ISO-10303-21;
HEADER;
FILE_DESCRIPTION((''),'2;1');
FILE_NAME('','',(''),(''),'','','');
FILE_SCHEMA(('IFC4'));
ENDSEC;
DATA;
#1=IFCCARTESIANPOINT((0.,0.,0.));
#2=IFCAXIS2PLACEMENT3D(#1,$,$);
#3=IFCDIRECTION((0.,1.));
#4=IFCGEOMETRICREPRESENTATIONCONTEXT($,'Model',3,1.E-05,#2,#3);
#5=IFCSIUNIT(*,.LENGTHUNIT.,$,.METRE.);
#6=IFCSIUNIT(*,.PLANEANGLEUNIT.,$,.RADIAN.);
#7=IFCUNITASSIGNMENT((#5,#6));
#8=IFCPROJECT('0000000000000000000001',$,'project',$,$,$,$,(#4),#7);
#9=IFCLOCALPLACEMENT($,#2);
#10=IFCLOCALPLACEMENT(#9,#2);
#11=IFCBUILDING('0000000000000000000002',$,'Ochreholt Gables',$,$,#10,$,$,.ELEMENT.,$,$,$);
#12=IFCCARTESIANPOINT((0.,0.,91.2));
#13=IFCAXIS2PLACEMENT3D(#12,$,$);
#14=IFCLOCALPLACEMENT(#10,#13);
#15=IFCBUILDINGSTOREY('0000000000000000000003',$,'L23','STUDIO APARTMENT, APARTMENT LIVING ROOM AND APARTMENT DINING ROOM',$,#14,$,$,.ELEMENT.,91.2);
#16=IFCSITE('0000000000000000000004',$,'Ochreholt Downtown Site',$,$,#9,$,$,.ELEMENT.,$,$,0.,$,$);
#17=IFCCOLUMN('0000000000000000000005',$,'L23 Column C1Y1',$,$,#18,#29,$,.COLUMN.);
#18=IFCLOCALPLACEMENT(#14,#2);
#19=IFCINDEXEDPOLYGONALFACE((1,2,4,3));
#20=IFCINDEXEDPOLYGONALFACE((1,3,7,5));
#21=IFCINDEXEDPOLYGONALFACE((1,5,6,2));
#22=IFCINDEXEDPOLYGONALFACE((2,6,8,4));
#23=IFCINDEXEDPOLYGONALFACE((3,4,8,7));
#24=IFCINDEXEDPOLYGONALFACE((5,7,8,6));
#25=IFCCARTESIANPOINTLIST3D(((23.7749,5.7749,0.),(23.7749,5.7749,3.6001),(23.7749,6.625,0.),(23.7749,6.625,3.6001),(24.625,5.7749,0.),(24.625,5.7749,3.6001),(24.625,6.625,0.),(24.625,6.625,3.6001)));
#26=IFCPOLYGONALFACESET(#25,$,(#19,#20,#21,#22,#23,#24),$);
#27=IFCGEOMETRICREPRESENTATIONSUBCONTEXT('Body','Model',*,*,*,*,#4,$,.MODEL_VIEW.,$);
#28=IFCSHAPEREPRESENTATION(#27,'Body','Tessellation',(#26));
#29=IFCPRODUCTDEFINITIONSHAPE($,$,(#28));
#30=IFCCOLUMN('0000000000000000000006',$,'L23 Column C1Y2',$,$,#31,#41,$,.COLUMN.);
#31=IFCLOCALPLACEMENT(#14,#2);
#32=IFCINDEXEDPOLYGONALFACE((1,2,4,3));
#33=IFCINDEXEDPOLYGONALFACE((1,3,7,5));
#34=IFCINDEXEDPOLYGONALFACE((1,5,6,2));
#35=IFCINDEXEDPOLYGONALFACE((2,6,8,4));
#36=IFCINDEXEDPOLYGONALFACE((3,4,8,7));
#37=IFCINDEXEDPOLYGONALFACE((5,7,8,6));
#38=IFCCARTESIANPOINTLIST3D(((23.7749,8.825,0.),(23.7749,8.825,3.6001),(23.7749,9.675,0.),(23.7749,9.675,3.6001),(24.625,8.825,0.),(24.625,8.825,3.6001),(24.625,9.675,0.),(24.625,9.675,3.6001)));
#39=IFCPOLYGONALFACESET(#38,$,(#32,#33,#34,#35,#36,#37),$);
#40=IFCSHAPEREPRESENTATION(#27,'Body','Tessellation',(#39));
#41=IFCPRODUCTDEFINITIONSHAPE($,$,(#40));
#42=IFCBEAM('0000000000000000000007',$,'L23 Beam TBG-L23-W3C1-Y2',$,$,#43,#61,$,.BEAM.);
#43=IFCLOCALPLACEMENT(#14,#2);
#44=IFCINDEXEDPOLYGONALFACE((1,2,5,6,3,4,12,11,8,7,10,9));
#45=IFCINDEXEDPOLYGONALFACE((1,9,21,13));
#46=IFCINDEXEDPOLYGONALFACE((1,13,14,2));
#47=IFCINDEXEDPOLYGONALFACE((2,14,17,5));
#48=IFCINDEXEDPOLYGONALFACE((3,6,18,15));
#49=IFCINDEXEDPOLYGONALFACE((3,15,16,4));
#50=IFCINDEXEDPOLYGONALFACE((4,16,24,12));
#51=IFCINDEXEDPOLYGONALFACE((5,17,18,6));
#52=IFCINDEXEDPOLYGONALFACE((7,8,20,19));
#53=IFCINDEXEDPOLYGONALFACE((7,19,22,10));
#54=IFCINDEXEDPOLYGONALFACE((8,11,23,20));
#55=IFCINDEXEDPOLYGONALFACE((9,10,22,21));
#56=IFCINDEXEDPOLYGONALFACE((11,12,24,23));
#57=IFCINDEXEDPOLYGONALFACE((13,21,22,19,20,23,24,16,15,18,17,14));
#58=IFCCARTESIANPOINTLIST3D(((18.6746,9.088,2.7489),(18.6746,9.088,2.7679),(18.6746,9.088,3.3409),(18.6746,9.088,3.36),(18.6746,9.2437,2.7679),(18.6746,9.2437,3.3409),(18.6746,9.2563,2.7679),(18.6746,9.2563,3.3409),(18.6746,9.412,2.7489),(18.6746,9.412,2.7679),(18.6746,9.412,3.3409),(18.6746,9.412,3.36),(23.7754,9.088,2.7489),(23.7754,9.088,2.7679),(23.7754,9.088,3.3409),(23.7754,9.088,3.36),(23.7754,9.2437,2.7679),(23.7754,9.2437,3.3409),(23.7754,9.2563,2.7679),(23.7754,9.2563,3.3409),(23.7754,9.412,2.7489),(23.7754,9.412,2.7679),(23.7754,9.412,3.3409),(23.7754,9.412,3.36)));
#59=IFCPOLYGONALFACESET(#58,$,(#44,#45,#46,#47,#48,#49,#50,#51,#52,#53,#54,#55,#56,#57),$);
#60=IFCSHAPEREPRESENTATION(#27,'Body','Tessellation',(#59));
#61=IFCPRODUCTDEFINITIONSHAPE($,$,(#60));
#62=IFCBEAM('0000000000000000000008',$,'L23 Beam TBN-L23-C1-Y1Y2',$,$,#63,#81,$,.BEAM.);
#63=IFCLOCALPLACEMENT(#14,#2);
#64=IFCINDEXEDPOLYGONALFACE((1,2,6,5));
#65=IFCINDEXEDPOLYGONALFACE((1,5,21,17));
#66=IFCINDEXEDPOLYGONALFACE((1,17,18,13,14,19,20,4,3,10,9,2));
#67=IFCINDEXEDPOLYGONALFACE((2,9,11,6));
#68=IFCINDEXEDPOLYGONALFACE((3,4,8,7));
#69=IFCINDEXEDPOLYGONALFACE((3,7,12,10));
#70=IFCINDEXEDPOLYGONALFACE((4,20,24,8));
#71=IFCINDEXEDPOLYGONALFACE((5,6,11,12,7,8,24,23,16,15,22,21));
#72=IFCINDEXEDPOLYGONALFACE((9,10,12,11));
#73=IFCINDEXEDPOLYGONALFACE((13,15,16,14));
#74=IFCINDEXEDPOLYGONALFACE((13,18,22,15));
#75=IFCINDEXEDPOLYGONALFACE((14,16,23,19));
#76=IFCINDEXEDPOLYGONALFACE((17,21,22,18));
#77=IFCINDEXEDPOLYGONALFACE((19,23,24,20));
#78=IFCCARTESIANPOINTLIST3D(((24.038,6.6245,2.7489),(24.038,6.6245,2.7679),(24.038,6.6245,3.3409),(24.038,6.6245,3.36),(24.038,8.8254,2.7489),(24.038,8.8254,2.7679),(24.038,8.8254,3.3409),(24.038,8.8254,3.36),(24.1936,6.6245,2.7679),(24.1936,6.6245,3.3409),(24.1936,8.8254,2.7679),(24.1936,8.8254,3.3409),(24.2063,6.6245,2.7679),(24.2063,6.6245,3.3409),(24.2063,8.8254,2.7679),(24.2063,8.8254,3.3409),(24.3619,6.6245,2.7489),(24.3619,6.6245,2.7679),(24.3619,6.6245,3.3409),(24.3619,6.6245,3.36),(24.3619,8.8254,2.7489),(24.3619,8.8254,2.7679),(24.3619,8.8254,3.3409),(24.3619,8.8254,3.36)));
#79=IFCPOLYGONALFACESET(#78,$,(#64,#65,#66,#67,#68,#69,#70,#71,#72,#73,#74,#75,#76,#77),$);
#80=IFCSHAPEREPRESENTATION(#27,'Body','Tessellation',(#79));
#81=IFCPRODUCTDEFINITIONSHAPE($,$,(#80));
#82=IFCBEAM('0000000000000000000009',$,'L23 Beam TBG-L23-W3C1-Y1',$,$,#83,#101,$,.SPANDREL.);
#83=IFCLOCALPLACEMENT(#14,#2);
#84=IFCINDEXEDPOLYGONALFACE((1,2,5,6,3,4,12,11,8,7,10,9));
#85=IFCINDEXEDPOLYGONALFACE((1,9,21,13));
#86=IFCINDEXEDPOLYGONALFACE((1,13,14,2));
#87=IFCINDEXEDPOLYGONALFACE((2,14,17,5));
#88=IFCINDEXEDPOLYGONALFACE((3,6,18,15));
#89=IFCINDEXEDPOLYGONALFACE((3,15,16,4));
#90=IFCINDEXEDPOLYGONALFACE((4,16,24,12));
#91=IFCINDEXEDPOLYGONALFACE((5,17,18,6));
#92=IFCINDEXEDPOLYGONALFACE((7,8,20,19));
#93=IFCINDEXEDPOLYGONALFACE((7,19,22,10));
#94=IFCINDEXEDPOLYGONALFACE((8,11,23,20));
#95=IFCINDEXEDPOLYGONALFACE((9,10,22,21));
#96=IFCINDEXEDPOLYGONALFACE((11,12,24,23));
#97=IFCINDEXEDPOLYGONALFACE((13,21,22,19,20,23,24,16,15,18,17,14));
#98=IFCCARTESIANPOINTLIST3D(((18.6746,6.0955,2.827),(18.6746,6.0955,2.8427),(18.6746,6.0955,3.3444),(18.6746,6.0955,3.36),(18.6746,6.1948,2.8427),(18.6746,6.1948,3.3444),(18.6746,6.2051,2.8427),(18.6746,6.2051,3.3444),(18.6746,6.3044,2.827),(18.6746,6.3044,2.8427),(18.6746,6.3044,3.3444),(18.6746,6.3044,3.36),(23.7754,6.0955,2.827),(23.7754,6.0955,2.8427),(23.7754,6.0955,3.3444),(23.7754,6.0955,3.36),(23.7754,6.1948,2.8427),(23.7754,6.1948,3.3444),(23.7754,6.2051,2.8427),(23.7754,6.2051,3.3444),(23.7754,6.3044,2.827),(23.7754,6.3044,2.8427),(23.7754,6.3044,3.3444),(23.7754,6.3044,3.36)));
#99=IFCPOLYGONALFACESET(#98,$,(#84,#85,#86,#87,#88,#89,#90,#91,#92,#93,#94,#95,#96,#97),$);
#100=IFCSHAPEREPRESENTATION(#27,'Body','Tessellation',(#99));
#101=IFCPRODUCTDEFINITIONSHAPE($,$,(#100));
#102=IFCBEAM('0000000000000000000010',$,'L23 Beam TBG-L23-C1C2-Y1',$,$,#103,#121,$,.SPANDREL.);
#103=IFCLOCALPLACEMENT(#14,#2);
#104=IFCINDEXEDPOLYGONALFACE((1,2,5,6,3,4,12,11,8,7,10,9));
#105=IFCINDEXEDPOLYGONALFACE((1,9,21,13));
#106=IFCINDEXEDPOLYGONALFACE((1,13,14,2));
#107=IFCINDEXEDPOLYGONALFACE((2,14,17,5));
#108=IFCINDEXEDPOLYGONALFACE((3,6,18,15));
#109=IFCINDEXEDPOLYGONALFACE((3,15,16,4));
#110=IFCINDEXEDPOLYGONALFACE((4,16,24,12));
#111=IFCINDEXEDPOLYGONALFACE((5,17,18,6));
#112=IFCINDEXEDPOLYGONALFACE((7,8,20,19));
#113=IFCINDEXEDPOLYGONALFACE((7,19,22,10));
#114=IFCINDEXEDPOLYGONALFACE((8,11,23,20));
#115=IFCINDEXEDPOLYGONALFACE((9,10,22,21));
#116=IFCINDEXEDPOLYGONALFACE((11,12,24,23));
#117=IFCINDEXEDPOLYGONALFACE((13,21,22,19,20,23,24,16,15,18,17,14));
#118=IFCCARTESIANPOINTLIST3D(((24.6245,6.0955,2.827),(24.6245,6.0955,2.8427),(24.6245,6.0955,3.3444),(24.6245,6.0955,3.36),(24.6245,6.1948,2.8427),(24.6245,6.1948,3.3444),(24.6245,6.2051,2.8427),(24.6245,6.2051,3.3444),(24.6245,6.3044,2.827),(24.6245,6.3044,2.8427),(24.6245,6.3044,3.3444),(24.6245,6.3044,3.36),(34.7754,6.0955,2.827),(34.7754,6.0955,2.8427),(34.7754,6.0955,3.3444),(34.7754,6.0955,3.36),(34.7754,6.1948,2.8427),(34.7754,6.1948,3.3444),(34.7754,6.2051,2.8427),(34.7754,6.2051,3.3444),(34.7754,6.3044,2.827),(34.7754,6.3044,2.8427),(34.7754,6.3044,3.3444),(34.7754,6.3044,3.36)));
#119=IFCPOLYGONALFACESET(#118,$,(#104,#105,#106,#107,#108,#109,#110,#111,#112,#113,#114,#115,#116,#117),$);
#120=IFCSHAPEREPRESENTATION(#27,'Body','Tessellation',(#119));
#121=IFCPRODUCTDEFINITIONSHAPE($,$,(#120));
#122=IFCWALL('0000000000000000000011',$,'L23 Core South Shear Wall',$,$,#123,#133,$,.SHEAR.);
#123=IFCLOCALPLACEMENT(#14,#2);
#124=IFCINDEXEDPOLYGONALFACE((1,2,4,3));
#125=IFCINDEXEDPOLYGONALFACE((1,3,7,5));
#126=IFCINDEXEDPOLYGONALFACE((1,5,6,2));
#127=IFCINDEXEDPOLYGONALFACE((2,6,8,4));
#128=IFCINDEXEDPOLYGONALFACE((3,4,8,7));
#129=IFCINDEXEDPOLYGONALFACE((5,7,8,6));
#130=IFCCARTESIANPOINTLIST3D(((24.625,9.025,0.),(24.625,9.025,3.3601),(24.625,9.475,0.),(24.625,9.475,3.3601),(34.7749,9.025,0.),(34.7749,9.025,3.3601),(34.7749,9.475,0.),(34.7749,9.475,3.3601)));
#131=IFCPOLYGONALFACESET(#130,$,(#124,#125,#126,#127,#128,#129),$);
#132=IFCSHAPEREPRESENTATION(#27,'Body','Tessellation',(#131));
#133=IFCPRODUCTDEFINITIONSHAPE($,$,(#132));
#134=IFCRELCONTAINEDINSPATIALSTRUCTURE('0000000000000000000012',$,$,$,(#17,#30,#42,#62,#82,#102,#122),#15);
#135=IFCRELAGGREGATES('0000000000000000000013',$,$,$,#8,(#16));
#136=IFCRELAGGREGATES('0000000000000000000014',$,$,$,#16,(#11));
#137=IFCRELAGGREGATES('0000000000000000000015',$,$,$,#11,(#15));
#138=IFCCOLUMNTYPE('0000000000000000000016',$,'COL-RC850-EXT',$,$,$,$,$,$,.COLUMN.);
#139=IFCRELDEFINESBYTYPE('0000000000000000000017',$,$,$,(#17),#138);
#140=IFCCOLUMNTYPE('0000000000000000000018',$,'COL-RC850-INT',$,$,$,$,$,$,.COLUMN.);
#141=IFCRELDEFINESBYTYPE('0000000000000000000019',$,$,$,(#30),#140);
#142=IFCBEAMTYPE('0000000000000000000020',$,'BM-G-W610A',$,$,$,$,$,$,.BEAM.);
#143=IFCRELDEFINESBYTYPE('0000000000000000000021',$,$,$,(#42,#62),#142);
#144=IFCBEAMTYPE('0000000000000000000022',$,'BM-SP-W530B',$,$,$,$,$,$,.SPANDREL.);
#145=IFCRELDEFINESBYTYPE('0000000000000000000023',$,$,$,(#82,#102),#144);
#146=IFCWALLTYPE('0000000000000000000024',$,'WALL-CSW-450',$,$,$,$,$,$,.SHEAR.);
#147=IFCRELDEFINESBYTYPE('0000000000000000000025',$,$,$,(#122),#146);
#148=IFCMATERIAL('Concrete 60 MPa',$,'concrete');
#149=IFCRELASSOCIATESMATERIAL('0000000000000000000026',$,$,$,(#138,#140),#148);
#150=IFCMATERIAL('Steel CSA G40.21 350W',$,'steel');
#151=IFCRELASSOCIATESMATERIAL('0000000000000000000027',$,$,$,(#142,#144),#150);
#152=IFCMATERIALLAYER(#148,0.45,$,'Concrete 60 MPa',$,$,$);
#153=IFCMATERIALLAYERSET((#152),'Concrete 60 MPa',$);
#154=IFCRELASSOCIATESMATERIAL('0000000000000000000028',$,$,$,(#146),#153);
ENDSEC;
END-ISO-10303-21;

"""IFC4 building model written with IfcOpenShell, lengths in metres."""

from ifc_helpers import new_model, si_unit, direction, frame, frame_2d, origin, origin_2d, place, context, subcontext, project, spatial, rectangle, i_section, extrude, material, layer, layer_set, material_profile, profile_set, type_object, element, save


model = new_model("IFC4")

# Units and contexts
model_context = context("Model", 3, precision=1e-05, world=origin(), true_north=direction((0.0, 1.0)))
body_context = subcontext(model_context, "Body", "Model", "MODEL_VIEW")
ifc_project = project(units=[si_unit("LENGTHUNIT", "METRE"), si_unit("PLANEANGLEUNIT", "RADIAN")], contexts=[model_context])

# Site, building, storey
site_placement = place(None, origin())
site = spatial("IfcSite", under=ifc_project, at=site_placement, Name="Ochreholt Downtown Site", CompositionType="ELEMENT", RefElevation=0.0)
building_placement = place(site_placement, origin())
building = spatial("IfcBuilding", under=site, at=building_placement, Name="Ochreholt Gables", CompositionType="ELEMENT")
storey_placement = place(building_placement, frame((0.0, 0.0, 91.2)))
storey = spatial("IfcBuildingStorey", under=building, at=storey_placement, Name="L23", Description="STUDIO APARTMENT, APARTMENT LIVING ROOM AND APARTMENT DINING ROOM", CompositionType="ELEMENT", Elevation=91.2)

# Columns
ifc_material_1 = material(Name="Concrete 60 MPa", Category="concrete")
ifc_material_profile_1 = material_profile(ifc_material_1, rectangle(XDim=0.8501, YDim=0.8501, at=origin_2d()), Name="RC850X850")
ifc_profile_set_1 = profile_set([ifc_material_profile_1], Name="Concrete 60 MPa")
column_type_1 = type_object("IfcColumnType", Name="COL-RC850-EXT", PredefinedType="COLUMN", material=ifc_profile_set_1)
column_1_placement = place(storey_placement, frame((24.2, 6.2, 0.0), z_axis=(0.0, 0.0, 1.0), x_axis=(1.0, 0.0, 0.0)))
element("IfcColumn", 1, at=column_1_placement, inside=storey, type_object=column_type_1, Name="L23 Column C1Y1", PredefinedType="COLUMN", context=body_context, shape_type="SweptSolid", body=[
    extrude(rectangle(XDim=0.8501, YDim=0.8501, at=origin_2d()), origin(), (0.0, 0.0, 1.0), 3.6001),
])
ifc_material_profile_2 = material_profile(ifc_material_1, rectangle(XDim=0.8501, YDim=0.8501, at=origin_2d()), Name="RC850X850")
ifc_profile_set_2 = profile_set([ifc_material_profile_2], Name="Concrete 60 MPa")
column_type_2 = type_object("IfcColumnType", Name="COL-RC850-INT", PredefinedType="COLUMN", material=ifc_profile_set_2)
column_2_placement = place(storey_placement, frame((24.2, 9.25, 0.0), z_axis=(0.0, 0.0, 1.0), x_axis=(1.0, 0.0, 0.0)))
element("IfcColumn", 2, at=column_2_placement, inside=storey, type_object=column_type_2, Name="L23 Column C1Y2", PredefinedType="COLUMN", context=body_context, shape_type="SweptSolid", body=[
    extrude(rectangle(XDim=0.8501, YDim=0.8501, at=origin_2d()), origin(), (0.0, 0.0, 1.0), 3.6001),
])

# Beams
ifc_material_2 = material(Name="Steel CSA G40.21 350W", Category="steel")
ifc_material_profile_3 = material_profile(ifc_material_2, i_section(OverallWidth=0.324, OverallDepth=0.6111, WebThickness=0.0127, FlangeThickness=0.019, at=origin_2d()), Name="W610X155")
ifc_profile_set_3 = profile_set([ifc_material_profile_3], Name="Steel CSA G40.21 350W")
beam_type_1 = type_object("IfcBeamType", Name="BM-G-W610A", PredefinedType="BEAM", material=ifc_profile_set_3)
beam_1_placement = place(storey_placement, frame((18.6746, 9.25, 3.0544), z_axis=(1.0, 0.0, 0.0), x_axis=(0.0, 1.0, 0.0)))
element("IfcBeam", 3, at=beam_1_placement, inside=storey, type_object=beam_type_1, Name="L23 Beam TBG-L23-W3C1-Y2", PredefinedType="BEAM", context=body_context, shape_type="SweptSolid", body=[
    extrude(i_section(OverallWidth=0.324, OverallDepth=0.6111, WebThickness=0.0127, FlangeThickness=0.019, at=origin_2d()), origin(), (0.0, 0.0, 1.0), 5.1008),
])
beam_2_placement = place(storey_placement, frame((24.2, 6.6245, 3.0544), z_axis=(0.0, 1.0, 0.0), x_axis=(-1.0, 0.0, 0.0)))
element("IfcBeam", 4, at=beam_2_placement, inside=storey, type_object=beam_type_1, Name="L23 Beam TBN-L23-C1-Y1Y2", PredefinedType="BEAM", context=body_context, shape_type="SweptSolid", body=[
    extrude(i_section(OverallWidth=0.324, OverallDepth=0.6111, WebThickness=0.0127, FlangeThickness=0.019, at=origin_2d()), origin(), (0.0, 0.0, 1.0), 2.2009),
])
ifc_material_profile_4 = material_profile(ifc_material_2, i_section(OverallWidth=0.209, OverallDepth=0.533, WebThickness=0.0103, FlangeThickness=0.0156, at=origin_2d()), Name="W530X92")
ifc_profile_set_4 = profile_set([ifc_material_profile_4], Name="Steel CSA G40.21 350W")
beam_type_2 = type_object("IfcBeamType", Name="BM-SP-W530B", PredefinedType="SPANDREL", material=ifc_profile_set_4)
beam_3_placement = place(storey_placement, frame((18.6746, 6.2, 3.0935), z_axis=(1.0, 0.0, 0.0), x_axis=(0.0, 1.0, 0.0)))
element("IfcBeam", 5, at=beam_3_placement, inside=storey, type_object=beam_type_2, Name="L23 Beam TBG-L23-W3C1-Y1", PredefinedType="SPANDREL", context=body_context, shape_type="SweptSolid", body=[
    extrude(i_section(OverallWidth=0.209, OverallDepth=0.533, WebThickness=0.0103, FlangeThickness=0.0156, at=origin_2d()), origin(), (0.0, 0.0, 1.0), 5.1008),
])
beam_4_placement = place(storey_placement, frame((24.6245, 6.2, 3.0935), z_axis=(1.0, 0.0, 0.0), x_axis=(0.0, 1.0, 0.0)))
element("IfcBeam", 6, at=beam_4_placement, inside=storey, type_object=beam_type_2, Name="L23 Beam TBG-L23-C1C2-Y1", PredefinedType="SPANDREL", context=body_context, shape_type="SweptSolid", body=[
    extrude(i_section(OverallWidth=0.209, OverallDepth=0.533, WebThickness=0.0103, FlangeThickness=0.0156, at=origin_2d()), origin(), (0.0, 0.0, 1.0), 10.1509),
])

# Wall
ifc_layer_1 = layer(ifc_material_1, 0.45, Name="Concrete 60 MPa")
ifc_layer_set_1 = layer_set([ifc_layer_1], Name="Concrete 60 MPa")
wall_type_1 = type_object("IfcWallType", Name="WALL-CSW-450", PredefinedType="SHEAR", material=ifc_layer_set_1)
wall_1_placement = place(storey_placement, frame((24.625, 9.25, 0.0), z_axis=(0.0, 0.0, 1.0), x_axis=(1.0, 0.0, 0.0)))
element("IfcWall", 7, at=wall_1_placement, inside=storey, type_object=wall_type_1, Name="L23 Core South Shear Wall", PredefinedType="SHEAR", context=body_context, shape_type="SweptSolid", body=[
    extrude(rectangle(XDim=10.1499, YDim=0.45, at=frame_2d((5.075, 0.0))), origin(), (0.0, 0.0, 1.0), 3.3601),
])

save(model, "model.ifc")
